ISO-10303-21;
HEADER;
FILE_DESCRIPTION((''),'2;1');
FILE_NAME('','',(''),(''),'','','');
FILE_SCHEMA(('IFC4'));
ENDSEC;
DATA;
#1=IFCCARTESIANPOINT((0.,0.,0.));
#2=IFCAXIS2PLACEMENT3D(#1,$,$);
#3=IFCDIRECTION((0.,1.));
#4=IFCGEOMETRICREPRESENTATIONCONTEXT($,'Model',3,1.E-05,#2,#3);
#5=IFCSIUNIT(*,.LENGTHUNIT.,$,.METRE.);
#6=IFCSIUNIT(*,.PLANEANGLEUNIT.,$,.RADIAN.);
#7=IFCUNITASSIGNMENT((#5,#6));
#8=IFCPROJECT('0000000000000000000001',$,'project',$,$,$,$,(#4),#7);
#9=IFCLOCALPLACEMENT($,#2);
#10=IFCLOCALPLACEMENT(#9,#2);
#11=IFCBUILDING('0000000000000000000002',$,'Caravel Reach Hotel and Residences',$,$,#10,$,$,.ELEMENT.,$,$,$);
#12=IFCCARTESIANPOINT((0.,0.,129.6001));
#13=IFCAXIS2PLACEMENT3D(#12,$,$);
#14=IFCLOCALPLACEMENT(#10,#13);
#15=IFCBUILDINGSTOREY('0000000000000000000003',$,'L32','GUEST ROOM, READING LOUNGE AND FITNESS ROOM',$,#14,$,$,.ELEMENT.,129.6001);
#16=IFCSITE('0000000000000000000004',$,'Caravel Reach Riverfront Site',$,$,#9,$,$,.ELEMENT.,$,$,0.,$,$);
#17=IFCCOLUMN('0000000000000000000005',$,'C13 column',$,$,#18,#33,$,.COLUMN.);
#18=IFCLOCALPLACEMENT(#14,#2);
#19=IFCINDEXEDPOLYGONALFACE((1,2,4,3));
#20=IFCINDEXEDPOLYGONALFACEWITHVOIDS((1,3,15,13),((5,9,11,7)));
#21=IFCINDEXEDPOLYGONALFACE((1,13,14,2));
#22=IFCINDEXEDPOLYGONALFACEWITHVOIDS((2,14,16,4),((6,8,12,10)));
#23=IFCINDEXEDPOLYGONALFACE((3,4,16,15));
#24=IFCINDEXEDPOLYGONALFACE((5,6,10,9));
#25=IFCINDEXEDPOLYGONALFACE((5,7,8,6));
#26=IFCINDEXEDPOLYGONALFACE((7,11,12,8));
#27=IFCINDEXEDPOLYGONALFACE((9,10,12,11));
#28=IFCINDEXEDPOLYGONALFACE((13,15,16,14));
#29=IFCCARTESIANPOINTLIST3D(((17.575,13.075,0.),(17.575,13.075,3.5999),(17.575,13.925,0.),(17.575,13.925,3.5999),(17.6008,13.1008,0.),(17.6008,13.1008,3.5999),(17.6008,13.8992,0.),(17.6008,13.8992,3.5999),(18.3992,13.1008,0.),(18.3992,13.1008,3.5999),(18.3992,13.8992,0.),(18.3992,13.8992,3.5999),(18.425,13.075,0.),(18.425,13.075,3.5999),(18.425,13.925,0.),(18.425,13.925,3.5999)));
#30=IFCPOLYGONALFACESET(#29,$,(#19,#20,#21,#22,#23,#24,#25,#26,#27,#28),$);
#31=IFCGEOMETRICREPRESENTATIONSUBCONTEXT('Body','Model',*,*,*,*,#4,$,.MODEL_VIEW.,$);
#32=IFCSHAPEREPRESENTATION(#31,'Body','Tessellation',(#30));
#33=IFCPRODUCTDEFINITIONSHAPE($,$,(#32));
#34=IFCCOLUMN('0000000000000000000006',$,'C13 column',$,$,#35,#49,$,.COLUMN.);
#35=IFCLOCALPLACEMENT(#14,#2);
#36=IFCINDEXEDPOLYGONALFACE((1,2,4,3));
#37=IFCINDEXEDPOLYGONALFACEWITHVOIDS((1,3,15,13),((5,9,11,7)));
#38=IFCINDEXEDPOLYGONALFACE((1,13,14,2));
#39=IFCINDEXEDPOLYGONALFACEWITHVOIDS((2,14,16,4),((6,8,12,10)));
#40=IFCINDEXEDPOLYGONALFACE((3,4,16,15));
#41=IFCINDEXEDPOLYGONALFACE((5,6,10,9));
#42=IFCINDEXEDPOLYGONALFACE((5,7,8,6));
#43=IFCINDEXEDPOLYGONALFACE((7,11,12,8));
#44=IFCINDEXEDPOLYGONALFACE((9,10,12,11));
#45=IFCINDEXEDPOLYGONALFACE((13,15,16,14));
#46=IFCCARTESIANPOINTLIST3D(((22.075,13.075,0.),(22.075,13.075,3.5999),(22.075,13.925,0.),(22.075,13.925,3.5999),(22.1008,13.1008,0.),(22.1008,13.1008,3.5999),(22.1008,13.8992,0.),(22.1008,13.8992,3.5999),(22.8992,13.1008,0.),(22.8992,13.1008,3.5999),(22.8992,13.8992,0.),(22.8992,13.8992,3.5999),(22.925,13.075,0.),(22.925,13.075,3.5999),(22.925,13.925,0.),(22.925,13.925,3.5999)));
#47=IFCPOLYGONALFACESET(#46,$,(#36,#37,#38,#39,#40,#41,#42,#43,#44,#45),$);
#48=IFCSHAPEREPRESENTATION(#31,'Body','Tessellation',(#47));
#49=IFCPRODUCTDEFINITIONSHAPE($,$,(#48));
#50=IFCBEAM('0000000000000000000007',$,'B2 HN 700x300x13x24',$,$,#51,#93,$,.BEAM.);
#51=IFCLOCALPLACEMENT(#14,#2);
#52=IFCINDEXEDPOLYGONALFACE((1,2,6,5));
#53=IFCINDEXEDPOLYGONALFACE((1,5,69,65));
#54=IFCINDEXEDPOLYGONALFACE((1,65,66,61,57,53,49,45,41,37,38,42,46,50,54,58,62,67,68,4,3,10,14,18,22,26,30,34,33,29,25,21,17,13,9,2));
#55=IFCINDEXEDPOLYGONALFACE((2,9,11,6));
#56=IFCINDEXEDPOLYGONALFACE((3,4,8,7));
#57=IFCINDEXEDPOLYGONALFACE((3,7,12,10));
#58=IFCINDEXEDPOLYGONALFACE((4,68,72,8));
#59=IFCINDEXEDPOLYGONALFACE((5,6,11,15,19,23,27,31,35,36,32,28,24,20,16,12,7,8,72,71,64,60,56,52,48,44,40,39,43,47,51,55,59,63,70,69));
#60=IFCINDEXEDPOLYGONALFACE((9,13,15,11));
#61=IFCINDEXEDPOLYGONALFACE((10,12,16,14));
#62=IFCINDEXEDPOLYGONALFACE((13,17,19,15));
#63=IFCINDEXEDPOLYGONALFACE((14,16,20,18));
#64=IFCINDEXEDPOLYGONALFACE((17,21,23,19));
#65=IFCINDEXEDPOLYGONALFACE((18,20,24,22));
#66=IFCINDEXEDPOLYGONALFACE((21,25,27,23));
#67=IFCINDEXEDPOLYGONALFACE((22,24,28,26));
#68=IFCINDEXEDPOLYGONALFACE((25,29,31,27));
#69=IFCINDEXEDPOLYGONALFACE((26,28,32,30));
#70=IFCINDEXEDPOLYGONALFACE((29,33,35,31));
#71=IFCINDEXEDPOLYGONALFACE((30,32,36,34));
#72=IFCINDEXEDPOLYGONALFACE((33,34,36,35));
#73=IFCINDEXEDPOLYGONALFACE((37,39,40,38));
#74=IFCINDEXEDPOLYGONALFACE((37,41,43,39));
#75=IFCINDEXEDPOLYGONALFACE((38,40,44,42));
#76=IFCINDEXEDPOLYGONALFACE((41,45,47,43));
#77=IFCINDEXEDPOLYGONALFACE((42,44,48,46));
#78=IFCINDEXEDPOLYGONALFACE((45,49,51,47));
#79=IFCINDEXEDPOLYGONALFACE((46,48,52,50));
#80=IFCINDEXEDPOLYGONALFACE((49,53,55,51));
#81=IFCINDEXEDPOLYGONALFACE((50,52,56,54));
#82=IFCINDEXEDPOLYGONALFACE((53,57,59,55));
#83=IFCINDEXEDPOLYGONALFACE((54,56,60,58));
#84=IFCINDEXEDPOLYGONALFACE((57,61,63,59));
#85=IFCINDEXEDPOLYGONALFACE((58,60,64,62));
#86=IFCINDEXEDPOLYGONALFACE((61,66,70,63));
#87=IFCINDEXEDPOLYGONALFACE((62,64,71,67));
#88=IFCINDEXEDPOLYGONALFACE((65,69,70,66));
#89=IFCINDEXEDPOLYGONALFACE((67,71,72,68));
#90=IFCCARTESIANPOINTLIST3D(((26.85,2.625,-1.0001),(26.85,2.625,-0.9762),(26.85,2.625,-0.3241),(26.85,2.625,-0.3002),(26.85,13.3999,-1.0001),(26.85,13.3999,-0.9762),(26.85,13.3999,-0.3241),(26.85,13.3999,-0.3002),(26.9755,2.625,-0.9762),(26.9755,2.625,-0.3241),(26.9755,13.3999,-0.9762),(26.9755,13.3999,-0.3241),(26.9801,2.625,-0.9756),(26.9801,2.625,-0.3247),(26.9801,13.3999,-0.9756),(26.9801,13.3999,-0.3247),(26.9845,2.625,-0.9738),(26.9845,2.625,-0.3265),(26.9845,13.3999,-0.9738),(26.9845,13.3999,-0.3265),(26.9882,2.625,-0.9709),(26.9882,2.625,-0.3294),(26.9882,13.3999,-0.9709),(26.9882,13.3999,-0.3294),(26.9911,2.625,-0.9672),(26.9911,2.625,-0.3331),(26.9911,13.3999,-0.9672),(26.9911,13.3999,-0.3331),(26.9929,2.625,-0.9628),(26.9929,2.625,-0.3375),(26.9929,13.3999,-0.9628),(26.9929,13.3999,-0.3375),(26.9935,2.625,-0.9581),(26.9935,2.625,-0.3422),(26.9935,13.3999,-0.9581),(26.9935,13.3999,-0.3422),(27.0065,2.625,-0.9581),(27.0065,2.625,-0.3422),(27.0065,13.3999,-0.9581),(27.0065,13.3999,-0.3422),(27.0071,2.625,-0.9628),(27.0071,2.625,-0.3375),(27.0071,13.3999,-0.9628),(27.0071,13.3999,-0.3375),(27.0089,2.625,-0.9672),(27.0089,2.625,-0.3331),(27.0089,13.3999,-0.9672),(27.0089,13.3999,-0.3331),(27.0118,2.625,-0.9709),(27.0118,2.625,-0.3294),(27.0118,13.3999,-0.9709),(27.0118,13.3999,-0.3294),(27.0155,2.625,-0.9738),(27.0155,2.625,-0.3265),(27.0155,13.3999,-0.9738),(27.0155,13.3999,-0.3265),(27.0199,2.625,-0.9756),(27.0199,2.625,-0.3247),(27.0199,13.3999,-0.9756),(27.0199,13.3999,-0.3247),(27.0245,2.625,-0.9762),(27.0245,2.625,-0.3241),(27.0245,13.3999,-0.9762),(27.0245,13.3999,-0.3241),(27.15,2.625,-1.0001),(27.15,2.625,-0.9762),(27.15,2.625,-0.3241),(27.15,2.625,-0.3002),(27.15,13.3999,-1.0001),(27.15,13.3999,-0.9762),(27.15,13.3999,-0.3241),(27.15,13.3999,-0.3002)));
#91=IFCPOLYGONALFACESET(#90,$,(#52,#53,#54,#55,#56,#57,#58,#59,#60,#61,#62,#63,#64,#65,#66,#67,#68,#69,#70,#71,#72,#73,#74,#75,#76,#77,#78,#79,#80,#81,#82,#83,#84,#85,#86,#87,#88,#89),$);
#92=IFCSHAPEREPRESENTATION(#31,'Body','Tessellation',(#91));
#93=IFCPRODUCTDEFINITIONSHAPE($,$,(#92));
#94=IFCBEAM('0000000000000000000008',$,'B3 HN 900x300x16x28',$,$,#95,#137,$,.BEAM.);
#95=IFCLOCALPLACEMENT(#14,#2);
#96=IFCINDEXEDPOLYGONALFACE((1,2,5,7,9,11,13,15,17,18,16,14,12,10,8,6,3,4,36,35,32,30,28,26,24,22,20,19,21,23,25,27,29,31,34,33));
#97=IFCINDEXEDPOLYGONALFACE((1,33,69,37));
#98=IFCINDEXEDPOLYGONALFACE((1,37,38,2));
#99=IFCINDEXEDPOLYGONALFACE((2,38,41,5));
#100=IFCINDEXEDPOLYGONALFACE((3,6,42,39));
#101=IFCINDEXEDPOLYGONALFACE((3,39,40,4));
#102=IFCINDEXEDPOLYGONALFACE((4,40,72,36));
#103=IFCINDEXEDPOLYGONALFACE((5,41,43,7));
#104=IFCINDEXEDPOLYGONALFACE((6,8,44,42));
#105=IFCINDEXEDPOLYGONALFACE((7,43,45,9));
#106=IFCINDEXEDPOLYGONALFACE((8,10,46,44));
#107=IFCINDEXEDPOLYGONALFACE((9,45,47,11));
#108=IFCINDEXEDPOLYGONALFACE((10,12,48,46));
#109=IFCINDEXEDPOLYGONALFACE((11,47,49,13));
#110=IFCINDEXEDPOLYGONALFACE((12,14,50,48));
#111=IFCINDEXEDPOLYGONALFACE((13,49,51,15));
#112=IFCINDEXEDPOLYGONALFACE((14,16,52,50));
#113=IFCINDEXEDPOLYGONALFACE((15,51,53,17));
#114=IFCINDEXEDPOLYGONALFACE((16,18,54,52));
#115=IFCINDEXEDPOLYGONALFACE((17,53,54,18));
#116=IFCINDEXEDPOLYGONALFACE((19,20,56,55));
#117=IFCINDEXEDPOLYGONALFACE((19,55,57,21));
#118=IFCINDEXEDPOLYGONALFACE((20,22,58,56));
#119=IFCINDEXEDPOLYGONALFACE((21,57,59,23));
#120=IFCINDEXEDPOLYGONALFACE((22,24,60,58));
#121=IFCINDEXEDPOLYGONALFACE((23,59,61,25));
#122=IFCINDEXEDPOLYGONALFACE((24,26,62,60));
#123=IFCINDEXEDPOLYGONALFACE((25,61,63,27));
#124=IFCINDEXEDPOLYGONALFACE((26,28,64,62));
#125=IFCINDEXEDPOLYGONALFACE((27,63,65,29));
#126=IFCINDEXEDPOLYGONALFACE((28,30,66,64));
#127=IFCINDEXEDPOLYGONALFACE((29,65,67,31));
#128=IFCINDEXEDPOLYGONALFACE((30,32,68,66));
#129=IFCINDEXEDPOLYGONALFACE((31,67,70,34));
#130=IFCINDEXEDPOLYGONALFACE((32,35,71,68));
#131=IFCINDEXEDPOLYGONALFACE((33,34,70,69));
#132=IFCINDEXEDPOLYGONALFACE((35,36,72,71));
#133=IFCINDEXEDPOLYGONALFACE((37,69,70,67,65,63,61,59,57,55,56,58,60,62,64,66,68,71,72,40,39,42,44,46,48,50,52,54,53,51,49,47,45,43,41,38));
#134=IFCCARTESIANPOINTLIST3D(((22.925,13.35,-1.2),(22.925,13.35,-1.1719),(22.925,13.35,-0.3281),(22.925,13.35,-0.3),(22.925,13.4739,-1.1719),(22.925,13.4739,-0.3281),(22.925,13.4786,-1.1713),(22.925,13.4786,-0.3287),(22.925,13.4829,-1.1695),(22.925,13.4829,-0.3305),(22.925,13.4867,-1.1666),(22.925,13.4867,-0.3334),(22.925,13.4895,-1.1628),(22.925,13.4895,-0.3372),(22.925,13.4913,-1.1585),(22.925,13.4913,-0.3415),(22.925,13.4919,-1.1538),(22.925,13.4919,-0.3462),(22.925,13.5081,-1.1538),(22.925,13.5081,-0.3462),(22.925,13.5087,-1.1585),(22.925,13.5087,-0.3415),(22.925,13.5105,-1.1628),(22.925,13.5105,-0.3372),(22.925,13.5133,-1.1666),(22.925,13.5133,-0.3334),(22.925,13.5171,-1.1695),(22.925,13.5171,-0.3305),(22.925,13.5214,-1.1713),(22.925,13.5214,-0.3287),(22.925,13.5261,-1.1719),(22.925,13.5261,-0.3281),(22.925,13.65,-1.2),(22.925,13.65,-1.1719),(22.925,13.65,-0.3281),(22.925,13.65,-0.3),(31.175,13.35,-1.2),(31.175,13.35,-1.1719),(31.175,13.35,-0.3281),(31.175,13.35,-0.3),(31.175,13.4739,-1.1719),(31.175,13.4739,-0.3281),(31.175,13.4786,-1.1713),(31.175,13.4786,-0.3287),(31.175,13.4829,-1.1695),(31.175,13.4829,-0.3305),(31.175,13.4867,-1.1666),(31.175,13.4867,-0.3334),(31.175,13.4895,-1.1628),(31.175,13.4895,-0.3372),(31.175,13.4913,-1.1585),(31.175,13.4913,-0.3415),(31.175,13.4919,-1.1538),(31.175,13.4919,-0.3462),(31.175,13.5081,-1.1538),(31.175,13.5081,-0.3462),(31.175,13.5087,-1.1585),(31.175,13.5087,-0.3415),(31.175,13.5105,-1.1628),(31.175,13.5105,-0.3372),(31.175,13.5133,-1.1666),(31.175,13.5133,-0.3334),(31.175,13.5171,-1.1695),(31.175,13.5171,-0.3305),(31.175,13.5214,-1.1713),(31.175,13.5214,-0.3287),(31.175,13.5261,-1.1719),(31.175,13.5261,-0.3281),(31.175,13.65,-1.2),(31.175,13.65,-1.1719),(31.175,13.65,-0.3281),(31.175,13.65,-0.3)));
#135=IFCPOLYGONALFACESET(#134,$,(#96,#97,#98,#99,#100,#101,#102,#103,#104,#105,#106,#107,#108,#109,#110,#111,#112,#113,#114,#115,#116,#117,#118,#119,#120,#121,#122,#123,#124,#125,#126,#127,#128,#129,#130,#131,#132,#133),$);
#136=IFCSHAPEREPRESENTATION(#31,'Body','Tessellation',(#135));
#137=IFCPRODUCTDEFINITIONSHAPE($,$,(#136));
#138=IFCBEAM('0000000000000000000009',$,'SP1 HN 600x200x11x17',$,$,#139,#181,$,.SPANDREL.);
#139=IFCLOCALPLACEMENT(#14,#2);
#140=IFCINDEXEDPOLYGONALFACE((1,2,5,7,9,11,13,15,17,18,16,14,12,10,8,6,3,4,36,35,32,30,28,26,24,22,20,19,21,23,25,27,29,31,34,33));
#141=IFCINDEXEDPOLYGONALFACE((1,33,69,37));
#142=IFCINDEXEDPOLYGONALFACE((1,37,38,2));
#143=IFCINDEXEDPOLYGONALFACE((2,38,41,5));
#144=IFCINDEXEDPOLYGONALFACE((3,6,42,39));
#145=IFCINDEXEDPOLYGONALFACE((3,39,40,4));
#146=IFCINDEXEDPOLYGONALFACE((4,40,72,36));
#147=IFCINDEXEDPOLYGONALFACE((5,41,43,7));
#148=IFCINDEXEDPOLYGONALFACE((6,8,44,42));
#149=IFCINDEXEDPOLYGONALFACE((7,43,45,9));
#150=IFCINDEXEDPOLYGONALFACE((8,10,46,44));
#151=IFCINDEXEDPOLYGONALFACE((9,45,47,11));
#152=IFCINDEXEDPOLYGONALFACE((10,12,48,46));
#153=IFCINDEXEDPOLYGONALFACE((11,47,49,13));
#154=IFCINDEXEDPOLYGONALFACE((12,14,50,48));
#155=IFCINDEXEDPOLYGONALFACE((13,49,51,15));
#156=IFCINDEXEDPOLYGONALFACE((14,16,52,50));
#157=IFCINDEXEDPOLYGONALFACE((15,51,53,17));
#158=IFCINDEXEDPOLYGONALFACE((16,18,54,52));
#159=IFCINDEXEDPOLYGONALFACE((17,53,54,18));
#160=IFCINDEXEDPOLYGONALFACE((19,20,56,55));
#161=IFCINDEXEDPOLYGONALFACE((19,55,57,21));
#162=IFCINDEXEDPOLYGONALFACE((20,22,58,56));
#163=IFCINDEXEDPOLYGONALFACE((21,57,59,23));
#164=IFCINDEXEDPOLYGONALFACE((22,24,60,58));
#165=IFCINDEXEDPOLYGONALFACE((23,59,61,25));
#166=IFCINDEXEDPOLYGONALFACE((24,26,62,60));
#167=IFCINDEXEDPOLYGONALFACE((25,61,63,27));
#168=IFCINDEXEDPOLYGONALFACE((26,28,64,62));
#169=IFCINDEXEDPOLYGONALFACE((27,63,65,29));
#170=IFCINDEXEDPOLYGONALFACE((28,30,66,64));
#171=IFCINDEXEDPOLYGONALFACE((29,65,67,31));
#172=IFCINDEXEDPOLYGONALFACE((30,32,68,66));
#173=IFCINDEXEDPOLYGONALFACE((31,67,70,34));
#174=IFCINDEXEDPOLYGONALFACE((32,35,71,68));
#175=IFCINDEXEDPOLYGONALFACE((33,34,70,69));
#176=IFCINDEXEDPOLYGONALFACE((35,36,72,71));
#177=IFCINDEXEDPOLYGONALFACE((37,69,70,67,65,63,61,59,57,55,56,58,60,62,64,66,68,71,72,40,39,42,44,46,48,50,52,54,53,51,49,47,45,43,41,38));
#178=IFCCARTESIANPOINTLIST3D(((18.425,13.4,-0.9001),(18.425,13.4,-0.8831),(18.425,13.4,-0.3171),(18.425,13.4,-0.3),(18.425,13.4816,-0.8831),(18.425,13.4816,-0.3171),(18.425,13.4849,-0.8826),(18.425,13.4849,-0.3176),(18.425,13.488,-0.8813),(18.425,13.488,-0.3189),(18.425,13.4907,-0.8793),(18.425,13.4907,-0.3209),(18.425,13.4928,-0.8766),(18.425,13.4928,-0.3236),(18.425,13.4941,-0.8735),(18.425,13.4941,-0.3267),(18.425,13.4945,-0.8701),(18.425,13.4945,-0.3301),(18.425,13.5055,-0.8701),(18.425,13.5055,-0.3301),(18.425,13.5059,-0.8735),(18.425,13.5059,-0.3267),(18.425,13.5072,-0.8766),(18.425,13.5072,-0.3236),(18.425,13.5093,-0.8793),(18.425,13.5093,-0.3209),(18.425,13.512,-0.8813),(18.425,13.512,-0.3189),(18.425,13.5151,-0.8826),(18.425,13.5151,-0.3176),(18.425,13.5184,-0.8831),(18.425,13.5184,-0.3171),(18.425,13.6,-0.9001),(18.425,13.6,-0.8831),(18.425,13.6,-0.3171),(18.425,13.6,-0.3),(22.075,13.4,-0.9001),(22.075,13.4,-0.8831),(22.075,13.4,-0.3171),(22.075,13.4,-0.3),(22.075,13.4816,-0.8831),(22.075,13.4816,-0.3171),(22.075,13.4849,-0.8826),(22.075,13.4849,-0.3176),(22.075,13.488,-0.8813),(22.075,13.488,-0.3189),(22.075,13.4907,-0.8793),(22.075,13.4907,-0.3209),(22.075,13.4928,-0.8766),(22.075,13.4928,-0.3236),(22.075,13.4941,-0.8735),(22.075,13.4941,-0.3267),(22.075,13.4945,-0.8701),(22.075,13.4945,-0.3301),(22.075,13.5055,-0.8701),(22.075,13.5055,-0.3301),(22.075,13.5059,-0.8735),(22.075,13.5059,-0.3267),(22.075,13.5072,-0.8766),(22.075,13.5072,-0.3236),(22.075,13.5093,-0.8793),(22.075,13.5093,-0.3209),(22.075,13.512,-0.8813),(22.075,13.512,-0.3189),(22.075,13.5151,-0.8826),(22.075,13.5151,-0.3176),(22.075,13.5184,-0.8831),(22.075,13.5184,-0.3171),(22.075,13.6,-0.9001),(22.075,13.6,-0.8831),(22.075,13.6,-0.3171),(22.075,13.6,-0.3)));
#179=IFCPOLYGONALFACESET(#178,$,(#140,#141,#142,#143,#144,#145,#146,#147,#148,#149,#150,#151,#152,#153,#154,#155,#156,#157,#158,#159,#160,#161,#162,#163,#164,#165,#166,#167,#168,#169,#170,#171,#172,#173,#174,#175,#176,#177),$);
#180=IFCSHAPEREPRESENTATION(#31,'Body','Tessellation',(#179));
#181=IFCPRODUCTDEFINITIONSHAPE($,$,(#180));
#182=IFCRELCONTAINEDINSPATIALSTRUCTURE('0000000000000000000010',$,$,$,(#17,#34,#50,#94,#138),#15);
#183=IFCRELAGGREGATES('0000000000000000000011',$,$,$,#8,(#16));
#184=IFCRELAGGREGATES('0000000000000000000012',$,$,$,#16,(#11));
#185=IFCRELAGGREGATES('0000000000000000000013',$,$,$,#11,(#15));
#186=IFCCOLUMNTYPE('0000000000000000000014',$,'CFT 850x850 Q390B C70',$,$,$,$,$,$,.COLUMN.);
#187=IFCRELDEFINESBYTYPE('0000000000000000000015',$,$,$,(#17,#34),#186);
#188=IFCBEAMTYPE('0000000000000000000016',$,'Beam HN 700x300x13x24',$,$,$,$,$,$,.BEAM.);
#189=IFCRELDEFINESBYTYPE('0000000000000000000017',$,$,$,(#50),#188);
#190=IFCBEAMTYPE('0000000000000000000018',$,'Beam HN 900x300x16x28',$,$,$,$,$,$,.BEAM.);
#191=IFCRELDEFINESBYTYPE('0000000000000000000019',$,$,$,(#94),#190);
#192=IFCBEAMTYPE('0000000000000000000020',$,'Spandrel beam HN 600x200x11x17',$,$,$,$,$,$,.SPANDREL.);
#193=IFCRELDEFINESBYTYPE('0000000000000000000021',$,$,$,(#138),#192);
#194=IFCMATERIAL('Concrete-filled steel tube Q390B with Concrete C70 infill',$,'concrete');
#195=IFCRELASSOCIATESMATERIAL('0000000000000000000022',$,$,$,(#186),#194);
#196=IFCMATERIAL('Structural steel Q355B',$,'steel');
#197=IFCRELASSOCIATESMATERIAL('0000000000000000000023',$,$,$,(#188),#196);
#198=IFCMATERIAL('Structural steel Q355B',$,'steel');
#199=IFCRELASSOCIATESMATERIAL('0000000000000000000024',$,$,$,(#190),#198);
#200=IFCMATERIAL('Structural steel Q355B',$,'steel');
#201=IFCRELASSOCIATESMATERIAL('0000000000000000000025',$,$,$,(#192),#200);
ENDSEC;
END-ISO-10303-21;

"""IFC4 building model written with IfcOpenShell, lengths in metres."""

from ifc_helpers import new_model, si_unit, direction, frame, origin, origin_2d, place, context, subcontext, project, spatial, hollow_rectangle, i_section, extrude, material, material_profile, profile_set, type_object, element, save


model = new_model("IFC4")

# Units and contexts
model_context = context("Model", 3, precision=1e-05, world=origin(), true_north=direction((0.0, 1.0)))
body_context = subcontext(model_context, "Body", "Model", "MODEL_VIEW")
ifc_project = project(units=[si_unit("LENGTHUNIT", "METRE"), si_unit("PLANEANGLEUNIT", "RADIAN")], contexts=[model_context])

# Site, building, storey
site_placement = place(None, origin())
site = spatial("IfcSite", under=ifc_project, at=site_placement, Name="Caravel Reach Riverfront Site", CompositionType="ELEMENT", RefElevation=0.0)
building_placement = place(site_placement, origin())
building = spatial("IfcBuilding", under=site, at=building_placement, Name="Caravel Reach Hotel and Residences", CompositionType="ELEMENT")
storey_placement = place(building_placement, frame((0.0, 0.0, 129.6001)))
storey = spatial("IfcBuildingStorey", under=building, at=storey_placement, Name="L32", Description="GUEST ROOM, READING LOUNGE AND FITNESS ROOM", CompositionType="ELEMENT", Elevation=129.6001)

# Columns
ifc_material_1 = material(Name="Concrete-filled steel tube Q390B with Concrete C70 infill", Category="concrete")
ifc_material_profile_1 = material_profile(ifc_material_1, hollow_rectangle(XDim=0.8501, YDim=0.8501, WallThickness=0.0259, at=origin_2d()), Name="RHS 850x850x26")
ifc_profile_set_1 = profile_set([ifc_material_profile_1], Name="Concrete-filled steel tube Q390B with Concrete C70 infill")
column_type = type_object("IfcColumnType", Name="CFT 850x850 Q390B C70", PredefinedType="COLUMN", material=ifc_profile_set_1)
for number, where, z_axis, x_axis, name in (
    (1, (18.0, 13.5, 0.0), (0.0, 0.0, 1.0), (1.0, 0.0, 0.0), "C13 column"),
    (2, (22.5, 13.5, 0.0), (0.0, 0.0, 1.0), (1.0, 0.0, 0.0), "C13 column"),
):
    element("IfcColumn", number, at=place(storey_placement, frame(where, z_axis=z_axis, x_axis=x_axis)), inside=storey, type_object=column_type, Name=name, PredefinedType="COLUMN", context=body_context, shape_type="SweptSolid", body=[
        extrude(hollow_rectangle(XDim=0.8501, YDim=0.8501, WallThickness=0.0259, at=origin_2d()), origin(), (0.0, 0.0, 1.0), 3.5999),
    ])

# Beams
ifc_material_2 = material(Name="Structural steel Q355B", Category="steel")
ifc_material_profile_2 = material_profile(ifc_material_2, i_section(OverallWidth=0.3, OverallDepth=0.7, WebThickness=0.0129, FlangeThickness=0.0239, FilletRadius=0.0181, at=origin_2d()), Name="HN 700x300x13x24")
ifc_profile_set_2 = profile_set([ifc_material_profile_2], Name="Structural steel Q355B")
beam_type_1 = type_object("IfcBeamType", Name="Beam HN 700x300x13x24", PredefinedType="BEAM", material=ifc_profile_set_2)
beam_1_placement = place(storey_placement, frame((27.0, 13.3999, -0.6501), z_axis=(0.0, -1.0, 0.0), x_axis=(1.0, 0.0, 0.0)))
element("IfcBeam", 3, at=beam_1_placement, inside=storey, type_object=beam_type_1, Name="B2 HN 700x300x13x24", PredefinedType="BEAM", context=body_context, shape_type="SweptSolid", body=[
    extrude(i_section(OverallWidth=0.3, OverallDepth=0.7, WebThickness=0.0129, FlangeThickness=0.0239, FilletRadius=0.0181, at=origin_2d()), origin(), (0.0, 0.0, 1.0), 10.7749),
])
ifc_material_3 = material(Name="Structural steel Q355B", Category="steel")
ifc_material_profile_3 = material_profile(ifc_material_3, i_section(OverallWidth=0.3, OverallDepth=0.8999, WebThickness=0.0161, FlangeThickness=0.0281, FilletRadius=0.0181, at=origin_2d()), Name="HN 900x300x16x28")
ifc_profile_set_3 = profile_set([ifc_material_profile_3], Name="Structural steel Q355B")
beam_type_2 = type_object("IfcBeamType", Name="Beam HN 900x300x16x28", PredefinedType="BEAM", material=ifc_profile_set_3)
beam_2_placement = place(storey_placement, frame((22.925, 13.5, -0.75), z_axis=(1.0, 0.0, 0.0), x_axis=(0.0, 1.0, 0.0)))
element("IfcBeam", 4, at=beam_2_placement, inside=storey, type_object=beam_type_2, Name="B3 HN 900x300x16x28", PredefinedType="BEAM", context=body_context, shape_type="SweptSolid", body=[
    extrude(i_section(OverallWidth=0.3, OverallDepth=0.8999, WebThickness=0.0161, FlangeThickness=0.0281, FilletRadius=0.0181, at=origin_2d()), origin(), (0.0, 0.0, 1.0), 8.25),
])
ifc_material_4 = material(Name="Structural steel Q355B", Category="steel")
ifc_material_profile_4 = material_profile(ifc_material_4, i_section(OverallWidth=0.2, OverallDepth=0.6001, WebThickness=0.011, FlangeThickness=0.0171, FilletRadius=0.0129, at=origin_2d()), Name="HN 600x200x11x17")
ifc_profile_set_4 = profile_set([ifc_material_profile_4], Name="Structural steel Q355B")
beam_type_3 = type_object("IfcBeamType", Name="Spandrel beam HN 600x200x11x17", PredefinedType="SPANDREL", material=ifc_profile_set_4)
beam_3_placement = place(storey_placement, frame((18.425, 13.5, -0.6001), z_axis=(1.0, 0.0, 0.0), x_axis=(0.0, 1.0, 0.0)))
element("IfcBeam", 5, at=beam_3_placement, inside=storey, type_object=beam_type_3, Name="SP1 HN 600x200x11x17", PredefinedType="SPANDREL", context=body_context, shape_type="SweptSolid", body=[
    extrude(i_section(OverallWidth=0.2, OverallDepth=0.6001, WebThickness=0.011, FlangeThickness=0.0171, FilletRadius=0.0129, at=origin_2d()), origin(), (0.0, 0.0, 1.0), 3.6499),
])

save(model, "model.ifc")
